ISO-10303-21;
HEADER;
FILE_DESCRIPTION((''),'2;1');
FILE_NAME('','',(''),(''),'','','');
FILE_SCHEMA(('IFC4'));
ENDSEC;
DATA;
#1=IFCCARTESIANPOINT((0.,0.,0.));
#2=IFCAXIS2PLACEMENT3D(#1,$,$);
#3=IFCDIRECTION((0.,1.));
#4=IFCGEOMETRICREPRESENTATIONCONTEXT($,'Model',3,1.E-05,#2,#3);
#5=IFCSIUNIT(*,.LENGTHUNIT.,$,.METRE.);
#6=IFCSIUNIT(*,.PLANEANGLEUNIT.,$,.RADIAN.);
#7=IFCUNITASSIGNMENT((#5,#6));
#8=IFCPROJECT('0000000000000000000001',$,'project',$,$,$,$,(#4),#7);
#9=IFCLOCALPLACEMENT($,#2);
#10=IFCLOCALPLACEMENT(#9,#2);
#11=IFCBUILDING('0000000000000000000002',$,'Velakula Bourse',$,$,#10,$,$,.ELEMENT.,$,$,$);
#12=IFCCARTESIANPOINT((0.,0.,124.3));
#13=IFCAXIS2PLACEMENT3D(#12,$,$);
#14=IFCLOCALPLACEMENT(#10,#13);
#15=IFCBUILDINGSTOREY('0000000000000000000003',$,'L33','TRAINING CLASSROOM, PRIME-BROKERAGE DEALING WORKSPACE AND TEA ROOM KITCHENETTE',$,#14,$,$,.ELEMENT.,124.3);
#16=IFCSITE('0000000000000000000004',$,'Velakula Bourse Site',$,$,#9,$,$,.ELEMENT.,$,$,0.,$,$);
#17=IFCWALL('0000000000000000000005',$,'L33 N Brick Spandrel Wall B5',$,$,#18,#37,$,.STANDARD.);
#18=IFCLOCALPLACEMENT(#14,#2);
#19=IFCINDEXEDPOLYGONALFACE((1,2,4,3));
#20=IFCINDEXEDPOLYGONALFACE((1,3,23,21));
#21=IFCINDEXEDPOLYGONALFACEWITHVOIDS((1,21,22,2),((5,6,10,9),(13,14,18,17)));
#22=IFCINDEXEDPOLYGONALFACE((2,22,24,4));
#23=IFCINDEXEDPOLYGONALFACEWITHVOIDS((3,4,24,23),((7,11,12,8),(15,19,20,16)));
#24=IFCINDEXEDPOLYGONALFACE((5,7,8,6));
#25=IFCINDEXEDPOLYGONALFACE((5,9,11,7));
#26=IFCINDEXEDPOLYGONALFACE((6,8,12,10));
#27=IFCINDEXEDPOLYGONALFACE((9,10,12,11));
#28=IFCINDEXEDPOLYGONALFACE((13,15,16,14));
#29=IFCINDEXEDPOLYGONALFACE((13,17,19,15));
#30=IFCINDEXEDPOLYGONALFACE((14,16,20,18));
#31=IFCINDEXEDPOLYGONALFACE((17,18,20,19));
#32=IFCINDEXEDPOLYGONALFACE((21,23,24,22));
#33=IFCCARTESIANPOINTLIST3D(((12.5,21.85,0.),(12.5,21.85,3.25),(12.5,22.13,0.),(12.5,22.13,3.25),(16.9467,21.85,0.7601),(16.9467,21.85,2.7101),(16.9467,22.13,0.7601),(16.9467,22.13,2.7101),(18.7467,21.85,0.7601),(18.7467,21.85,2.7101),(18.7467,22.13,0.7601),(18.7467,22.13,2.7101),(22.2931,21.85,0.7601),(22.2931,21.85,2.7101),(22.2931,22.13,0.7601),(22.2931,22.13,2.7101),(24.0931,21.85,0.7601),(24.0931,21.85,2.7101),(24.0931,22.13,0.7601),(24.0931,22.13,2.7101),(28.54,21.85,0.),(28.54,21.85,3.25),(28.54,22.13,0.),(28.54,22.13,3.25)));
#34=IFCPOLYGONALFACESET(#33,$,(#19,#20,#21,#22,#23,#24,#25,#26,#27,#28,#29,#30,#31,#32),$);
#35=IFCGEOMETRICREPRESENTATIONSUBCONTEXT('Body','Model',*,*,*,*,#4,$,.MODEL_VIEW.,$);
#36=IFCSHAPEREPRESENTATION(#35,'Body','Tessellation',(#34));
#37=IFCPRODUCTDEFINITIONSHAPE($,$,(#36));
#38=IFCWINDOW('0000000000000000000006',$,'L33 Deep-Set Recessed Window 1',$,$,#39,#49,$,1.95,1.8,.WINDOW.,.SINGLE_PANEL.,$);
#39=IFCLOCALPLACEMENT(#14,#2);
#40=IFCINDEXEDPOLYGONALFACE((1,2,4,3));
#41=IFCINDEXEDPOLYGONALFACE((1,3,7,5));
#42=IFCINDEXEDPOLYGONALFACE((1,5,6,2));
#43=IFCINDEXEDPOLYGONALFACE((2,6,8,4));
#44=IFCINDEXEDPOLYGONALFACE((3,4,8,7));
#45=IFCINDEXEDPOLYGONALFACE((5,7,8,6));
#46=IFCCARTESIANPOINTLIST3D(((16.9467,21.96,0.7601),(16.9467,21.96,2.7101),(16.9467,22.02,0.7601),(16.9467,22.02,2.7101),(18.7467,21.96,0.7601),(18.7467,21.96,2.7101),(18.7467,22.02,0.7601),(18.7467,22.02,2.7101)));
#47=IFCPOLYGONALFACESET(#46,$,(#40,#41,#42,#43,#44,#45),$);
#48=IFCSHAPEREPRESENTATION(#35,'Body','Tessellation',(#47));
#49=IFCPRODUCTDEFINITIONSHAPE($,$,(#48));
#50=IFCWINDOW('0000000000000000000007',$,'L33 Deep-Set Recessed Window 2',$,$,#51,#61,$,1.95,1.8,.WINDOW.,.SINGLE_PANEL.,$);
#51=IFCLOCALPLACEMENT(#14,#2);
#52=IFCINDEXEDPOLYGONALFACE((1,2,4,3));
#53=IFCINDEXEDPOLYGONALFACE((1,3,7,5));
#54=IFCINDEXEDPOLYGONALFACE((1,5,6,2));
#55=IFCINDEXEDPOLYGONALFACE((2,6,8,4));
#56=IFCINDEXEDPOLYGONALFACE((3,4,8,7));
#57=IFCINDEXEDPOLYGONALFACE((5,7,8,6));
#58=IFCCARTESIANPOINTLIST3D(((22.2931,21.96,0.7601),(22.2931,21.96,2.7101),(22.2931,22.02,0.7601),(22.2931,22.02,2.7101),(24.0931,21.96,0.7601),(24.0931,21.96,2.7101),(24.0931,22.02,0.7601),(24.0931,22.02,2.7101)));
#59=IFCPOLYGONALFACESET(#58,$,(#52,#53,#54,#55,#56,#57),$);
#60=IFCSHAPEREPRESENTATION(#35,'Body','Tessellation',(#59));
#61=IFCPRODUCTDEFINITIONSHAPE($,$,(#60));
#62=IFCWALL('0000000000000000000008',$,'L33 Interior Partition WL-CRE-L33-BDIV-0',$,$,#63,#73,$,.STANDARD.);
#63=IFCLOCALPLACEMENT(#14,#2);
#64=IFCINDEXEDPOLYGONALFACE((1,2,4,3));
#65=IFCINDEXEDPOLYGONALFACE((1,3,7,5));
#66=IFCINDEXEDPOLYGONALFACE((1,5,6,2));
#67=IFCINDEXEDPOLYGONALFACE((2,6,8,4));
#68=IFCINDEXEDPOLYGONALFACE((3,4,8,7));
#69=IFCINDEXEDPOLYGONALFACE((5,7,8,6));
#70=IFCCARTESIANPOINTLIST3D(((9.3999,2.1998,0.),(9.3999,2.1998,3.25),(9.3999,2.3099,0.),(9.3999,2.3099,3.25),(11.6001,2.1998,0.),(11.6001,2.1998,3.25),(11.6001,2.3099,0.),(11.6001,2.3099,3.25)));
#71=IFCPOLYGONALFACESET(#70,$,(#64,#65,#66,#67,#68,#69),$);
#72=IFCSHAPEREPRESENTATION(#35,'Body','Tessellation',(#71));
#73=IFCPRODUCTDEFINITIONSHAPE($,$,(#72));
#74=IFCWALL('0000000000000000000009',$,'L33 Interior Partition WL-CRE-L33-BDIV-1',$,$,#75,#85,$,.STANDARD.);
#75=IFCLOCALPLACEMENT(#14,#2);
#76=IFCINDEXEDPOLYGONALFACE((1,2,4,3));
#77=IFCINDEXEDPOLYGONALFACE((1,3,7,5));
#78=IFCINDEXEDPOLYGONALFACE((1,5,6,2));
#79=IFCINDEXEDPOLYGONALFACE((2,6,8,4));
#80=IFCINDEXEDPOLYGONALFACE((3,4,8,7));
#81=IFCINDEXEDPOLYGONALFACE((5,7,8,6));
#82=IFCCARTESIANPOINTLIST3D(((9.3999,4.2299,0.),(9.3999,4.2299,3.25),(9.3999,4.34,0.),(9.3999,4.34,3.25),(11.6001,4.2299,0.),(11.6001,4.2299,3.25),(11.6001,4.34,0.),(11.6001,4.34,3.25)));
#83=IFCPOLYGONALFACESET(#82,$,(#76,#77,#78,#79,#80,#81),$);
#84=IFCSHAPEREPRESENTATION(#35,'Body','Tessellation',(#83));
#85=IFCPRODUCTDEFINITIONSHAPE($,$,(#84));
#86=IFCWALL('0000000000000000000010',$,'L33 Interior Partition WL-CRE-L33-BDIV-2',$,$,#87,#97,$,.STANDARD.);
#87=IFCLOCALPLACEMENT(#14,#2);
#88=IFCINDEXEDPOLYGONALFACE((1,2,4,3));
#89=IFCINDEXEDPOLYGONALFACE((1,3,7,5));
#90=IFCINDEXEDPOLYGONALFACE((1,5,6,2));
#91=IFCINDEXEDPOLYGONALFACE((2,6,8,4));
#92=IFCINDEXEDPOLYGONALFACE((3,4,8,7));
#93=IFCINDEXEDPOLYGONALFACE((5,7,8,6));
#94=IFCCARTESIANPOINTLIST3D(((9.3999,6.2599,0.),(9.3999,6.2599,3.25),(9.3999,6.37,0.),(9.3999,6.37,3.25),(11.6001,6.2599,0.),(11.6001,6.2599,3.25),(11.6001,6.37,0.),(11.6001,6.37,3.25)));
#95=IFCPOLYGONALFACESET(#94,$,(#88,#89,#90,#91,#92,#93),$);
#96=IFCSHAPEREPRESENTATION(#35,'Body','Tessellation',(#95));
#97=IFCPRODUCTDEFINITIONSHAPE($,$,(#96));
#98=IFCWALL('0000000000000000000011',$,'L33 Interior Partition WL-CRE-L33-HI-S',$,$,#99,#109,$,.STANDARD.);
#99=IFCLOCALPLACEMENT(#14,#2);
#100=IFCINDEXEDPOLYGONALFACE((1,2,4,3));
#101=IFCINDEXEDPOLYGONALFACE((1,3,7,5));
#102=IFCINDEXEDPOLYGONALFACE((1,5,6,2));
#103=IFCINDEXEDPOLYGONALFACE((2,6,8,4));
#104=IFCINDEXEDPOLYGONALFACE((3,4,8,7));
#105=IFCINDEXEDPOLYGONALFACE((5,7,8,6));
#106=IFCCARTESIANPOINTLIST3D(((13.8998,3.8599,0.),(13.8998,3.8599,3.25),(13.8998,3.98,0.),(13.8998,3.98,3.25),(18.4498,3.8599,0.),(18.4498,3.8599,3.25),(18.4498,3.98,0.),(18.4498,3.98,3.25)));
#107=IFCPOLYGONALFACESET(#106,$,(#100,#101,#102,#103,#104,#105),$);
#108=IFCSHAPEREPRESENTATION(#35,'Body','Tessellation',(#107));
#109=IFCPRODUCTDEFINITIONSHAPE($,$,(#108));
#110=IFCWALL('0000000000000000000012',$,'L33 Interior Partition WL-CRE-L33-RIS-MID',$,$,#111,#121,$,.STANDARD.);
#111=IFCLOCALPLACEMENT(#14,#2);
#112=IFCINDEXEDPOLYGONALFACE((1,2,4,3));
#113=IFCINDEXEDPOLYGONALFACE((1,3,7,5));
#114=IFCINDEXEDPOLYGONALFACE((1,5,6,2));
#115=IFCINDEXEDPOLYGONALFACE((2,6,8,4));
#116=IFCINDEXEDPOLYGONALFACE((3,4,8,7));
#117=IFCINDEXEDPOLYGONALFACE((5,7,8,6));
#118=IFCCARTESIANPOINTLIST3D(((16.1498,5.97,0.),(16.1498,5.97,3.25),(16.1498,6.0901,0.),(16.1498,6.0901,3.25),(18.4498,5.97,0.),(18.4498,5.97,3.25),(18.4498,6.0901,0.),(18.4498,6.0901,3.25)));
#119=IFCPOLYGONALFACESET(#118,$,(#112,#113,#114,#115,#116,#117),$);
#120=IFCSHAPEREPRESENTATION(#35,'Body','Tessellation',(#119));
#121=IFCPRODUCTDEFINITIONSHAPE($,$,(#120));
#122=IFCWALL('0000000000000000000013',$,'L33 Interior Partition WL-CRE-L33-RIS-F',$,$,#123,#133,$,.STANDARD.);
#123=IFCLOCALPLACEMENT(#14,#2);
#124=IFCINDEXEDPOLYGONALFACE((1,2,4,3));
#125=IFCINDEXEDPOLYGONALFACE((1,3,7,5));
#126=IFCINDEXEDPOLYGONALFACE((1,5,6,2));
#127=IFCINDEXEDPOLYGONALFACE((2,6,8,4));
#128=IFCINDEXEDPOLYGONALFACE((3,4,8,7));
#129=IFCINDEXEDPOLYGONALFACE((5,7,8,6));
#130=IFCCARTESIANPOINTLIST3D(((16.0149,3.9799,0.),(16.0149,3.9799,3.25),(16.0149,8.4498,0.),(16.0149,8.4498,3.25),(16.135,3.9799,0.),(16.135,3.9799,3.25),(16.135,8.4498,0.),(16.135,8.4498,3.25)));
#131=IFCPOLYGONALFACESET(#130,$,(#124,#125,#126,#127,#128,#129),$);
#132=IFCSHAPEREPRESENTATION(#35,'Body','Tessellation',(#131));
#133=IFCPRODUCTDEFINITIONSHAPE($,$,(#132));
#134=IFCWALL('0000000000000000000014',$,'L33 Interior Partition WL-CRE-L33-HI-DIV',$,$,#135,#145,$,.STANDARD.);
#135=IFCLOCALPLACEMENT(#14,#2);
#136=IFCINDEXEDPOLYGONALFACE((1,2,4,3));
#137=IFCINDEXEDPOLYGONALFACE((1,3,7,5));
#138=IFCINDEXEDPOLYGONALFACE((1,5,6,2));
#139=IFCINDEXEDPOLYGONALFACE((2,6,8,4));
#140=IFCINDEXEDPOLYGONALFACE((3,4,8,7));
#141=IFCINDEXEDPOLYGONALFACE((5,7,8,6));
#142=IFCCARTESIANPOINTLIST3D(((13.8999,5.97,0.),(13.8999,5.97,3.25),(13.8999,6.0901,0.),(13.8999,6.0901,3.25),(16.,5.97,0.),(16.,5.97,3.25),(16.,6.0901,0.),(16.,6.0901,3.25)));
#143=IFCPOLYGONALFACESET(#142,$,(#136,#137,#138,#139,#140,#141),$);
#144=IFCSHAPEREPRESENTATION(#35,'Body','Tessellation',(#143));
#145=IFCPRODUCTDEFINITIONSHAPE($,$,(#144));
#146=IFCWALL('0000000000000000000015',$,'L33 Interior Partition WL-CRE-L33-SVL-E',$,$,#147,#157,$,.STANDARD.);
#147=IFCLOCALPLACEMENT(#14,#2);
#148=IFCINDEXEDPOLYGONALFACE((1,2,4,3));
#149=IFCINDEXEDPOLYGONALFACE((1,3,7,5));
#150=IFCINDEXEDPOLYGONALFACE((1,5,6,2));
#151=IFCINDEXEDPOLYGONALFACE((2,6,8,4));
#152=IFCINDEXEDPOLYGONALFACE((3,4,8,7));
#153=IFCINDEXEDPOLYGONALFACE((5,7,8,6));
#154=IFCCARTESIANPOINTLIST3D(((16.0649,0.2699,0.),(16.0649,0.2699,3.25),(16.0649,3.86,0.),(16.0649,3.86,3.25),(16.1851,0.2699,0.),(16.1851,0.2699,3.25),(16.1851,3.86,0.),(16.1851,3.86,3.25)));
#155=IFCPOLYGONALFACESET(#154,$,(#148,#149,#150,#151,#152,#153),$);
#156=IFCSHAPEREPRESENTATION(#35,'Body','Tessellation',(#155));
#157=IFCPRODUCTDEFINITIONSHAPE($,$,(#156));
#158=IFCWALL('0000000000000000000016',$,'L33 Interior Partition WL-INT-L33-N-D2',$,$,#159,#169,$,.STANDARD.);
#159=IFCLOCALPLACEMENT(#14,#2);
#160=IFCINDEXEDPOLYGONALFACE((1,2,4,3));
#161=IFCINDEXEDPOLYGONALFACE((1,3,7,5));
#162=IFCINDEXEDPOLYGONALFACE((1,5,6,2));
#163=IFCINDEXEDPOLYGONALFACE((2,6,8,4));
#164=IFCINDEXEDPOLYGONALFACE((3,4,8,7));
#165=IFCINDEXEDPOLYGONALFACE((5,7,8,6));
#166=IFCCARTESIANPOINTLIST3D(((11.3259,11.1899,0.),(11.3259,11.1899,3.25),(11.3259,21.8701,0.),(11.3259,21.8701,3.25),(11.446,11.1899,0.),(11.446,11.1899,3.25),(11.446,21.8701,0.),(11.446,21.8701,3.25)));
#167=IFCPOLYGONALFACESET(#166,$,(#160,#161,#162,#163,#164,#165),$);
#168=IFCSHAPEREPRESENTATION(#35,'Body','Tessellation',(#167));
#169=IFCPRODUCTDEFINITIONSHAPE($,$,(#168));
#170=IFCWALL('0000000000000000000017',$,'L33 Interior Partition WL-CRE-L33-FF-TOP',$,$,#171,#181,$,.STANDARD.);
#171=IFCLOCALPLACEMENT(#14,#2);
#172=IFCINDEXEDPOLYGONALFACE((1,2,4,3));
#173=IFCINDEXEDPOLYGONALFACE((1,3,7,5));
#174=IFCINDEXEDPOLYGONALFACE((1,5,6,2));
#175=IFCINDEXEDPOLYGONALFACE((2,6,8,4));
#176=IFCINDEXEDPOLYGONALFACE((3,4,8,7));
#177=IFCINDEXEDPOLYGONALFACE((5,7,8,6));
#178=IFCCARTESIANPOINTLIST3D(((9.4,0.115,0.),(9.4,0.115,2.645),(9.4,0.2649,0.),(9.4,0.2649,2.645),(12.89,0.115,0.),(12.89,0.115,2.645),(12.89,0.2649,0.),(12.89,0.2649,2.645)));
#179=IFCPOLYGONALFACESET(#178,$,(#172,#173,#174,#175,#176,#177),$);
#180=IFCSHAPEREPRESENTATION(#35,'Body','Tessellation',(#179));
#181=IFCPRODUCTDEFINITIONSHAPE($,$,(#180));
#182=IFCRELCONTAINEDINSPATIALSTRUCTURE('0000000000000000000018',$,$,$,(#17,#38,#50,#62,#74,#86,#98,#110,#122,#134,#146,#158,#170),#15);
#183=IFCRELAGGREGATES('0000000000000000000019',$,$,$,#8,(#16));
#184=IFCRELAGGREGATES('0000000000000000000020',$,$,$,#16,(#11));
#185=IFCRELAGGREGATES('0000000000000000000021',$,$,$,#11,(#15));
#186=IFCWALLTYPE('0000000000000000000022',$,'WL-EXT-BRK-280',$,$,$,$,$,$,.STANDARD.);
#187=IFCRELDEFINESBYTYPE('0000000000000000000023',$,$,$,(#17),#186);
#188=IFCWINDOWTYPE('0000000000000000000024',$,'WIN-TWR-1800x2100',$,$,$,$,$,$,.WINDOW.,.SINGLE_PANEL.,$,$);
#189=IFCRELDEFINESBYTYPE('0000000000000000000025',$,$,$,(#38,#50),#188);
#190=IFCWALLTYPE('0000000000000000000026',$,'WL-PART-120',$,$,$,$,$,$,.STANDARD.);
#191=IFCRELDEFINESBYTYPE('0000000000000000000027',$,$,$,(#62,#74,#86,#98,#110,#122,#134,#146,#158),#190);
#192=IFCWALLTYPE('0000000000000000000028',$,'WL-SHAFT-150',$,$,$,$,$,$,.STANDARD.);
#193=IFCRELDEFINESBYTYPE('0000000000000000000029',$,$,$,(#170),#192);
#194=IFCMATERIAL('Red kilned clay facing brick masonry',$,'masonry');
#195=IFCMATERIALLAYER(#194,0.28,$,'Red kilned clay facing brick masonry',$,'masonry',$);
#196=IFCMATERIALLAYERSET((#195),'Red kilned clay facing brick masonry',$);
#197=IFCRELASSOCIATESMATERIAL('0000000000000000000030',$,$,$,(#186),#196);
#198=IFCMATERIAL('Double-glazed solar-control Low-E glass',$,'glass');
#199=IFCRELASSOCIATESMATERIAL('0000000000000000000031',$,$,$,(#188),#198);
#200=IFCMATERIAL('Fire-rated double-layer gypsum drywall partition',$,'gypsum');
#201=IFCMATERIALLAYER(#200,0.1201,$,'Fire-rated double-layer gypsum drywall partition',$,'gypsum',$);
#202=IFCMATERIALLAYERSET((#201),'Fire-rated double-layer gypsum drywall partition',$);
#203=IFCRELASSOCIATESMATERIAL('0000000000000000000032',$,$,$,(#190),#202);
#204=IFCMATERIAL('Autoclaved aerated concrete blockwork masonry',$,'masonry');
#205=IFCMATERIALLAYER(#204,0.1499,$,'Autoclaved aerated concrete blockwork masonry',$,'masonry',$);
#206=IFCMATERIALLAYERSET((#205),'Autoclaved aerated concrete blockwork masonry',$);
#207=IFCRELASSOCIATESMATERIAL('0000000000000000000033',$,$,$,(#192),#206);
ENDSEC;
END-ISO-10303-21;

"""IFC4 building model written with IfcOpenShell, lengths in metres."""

from ifc_helpers import new_model, si_unit, direction, frame, frame_2d, origin, place, context, subcontext, project, spatial, rectangle, extrude, material, layer, layer_set, type_object, element, fill, save


model = new_model("IFC4")

# Units and contexts
model_context = context("Model", 3, precision=1e-05, world=origin(), true_north=direction((0.0, 1.0)))
body_context = subcontext(model_context, "Body", "Model", "MODEL_VIEW")
ifc_project = project(units=[si_unit("LENGTHUNIT", "METRE"), si_unit("PLANEANGLEUNIT", "RADIAN")], contexts=[model_context])

# Site, building, storey
site_placement = place(None, origin())
site = spatial("IfcSite", under=ifc_project, at=site_placement, Name="Velakula Bourse Site", CompositionType="ELEMENT", RefElevation=0.0)
building_placement = place(site_placement, origin())
building = spatial("IfcBuilding", under=site, at=building_placement, Name="Velakula Bourse", CompositionType="ELEMENT")
storey_placement = place(building_placement, frame((0.0, 0.0, 124.3)))
storey = spatial("IfcBuildingStorey", under=building, at=storey_placement, Name="L33", Description="TRAINING CLASSROOM, PRIME-BROKERAGE DEALING WORKSPACE AND TEA ROOM KITCHENETTE", CompositionType="ELEMENT", Elevation=124.3)

# Wall, openings, windows
ifc_material_1 = material(Name="Red kilned clay facing brick masonry", Category="masonry")
ifc_layer_1 = layer(ifc_material_1, 0.28, Name="Red kilned clay facing brick masonry", Category="masonry")
ifc_layer_set_1 = layer_set([ifc_layer_1], Name="Red kilned clay facing brick masonry")
wall_type_1 = type_object("IfcWallType", Name="WL-EXT-BRK-280", PredefinedType="STANDARD", material=ifc_layer_set_1)
wall_1_placement = place(storey_placement, frame((12.5, 21.99, 0.0), z_axis=(0.0, 0.0, 1.0), x_axis=(1.0, 0.0, 0.0)))
wall_1 = element("IfcWall", 1, at=wall_1_placement, inside=storey, type_object=wall_type_1, Name="L33 N Brick Spandrel Wall B5", PredefinedType="STANDARD", context=body_context, shape_type="SweptSolid", body=[
    extrude(rectangle(XDim=16.04, YDim=0.28, at=frame_2d((8.02, 0.0))), origin(), (0.0, 0.0, 1.0), 3.25),
])
opening_1_placement = place(wall_1_placement, frame((4.4468, 0.0, 0.76)))
opening_1 = element("IfcOpeningElement", 2, at=opening_1_placement, cuts=wall_1, PredefinedType="OPENING", context=body_context, shape_type="SweptSolid", body=[
    extrude(rectangle(XDim=1.8, YDim=1.95, at=frame_2d((0.8999, 0.9751))), frame((0.0, 0.1499, 0.0), z_axis=(0.0, -1.0, 0.0), x_axis=(1.0, 0.0, 0.0)), (0.0, 0.0, 1.0), 0.3),
])
opening_2_placement = place(wall_1_placement, frame((9.7932, 0.0, 0.76)))
opening_2 = element("IfcOpeningElement", 3, at=opening_2_placement, cuts=wall_1, PredefinedType="OPENING", context=body_context, shape_type="SweptSolid", body=[
    extrude(rectangle(XDim=1.8, YDim=1.95, at=frame_2d((0.8999, 0.9751))), frame((0.0, 0.1499, 0.0), z_axis=(0.0, -1.0, 0.0), x_axis=(1.0, 0.0, 0.0)), (0.0, 0.0, 1.0), 0.3),
])
ifc_material_2 = material(Name="Double-glazed solar-control Low-E glass", Category="glass")
window_type = type_object("IfcWindowType", Name="WIN-TWR-1800x2100", PartitioningType="SINGLE_PANEL", PredefinedType="WINDOW", material=ifc_material_2)
window_1_placement = place(opening_1_placement, origin())
window_1 = element("IfcWindow", 4, at=window_1_placement, inside=storey, type_object=window_type, Name="L33 Deep-Set Recessed Window 1", OverallHeight=1.95, OverallWidth=1.8, PartitioningType="SINGLE_PANEL", PredefinedType="WINDOW", context=body_context, shape_type="SweptSolid", body=[
    extrude(rectangle(XDim=1.8, YDim=1.95, at=frame_2d((0.8999, 0.9751))), frame((0.0, 0.03, 0.0), z_axis=(0.0, -1.0, 0.0), x_axis=(1.0, 0.0, 0.0)), (0.0, 0.0, 1.0), 0.0601),
])
fill(opening_1, window_1)
window_2_placement = place(opening_2_placement, origin())
window_2 = element("IfcWindow", 5, at=window_2_placement, inside=storey, type_object=window_type, Name="L33 Deep-Set Recessed Window 2", OverallHeight=1.95, OverallWidth=1.8, PartitioningType="SINGLE_PANEL", PredefinedType="WINDOW", context=body_context, shape_type="SweptSolid", body=[
    extrude(rectangle(XDim=1.8, YDim=1.95, at=frame_2d((0.8999, 0.9751))), frame((0.0, 0.03, 0.0), z_axis=(0.0, -1.0, 0.0), x_axis=(1.0, 0.0, 0.0)), (0.0, 0.0, 1.0), 0.0601),
])
fill(opening_2, window_2)

# Walls
ifc_material_3 = material(Name="Fire-rated double-layer gypsum drywall partition", Category="gypsum")
ifc_layer_2 = layer(ifc_material_3, 0.1201, Name="Fire-rated double-layer gypsum drywall partition", Category="gypsum")
ifc_layer_set_2 = layer_set([ifc_layer_2], Name="Fire-rated double-layer gypsum drywall partition")
wall_type_2 = type_object("IfcWallType", Name="WL-PART-120", PredefinedType="STANDARD", material=ifc_layer_set_2)
for number, where, z_axis, x_axis, name in (
    (6, (9.3999, 2.2549, 0.0), (0.0, 0.0, 1.0), (1.0, 0.0, 0.0), "L33 Interior Partition WL-CRE-L33-BDIV-0"),
    (7, (9.3999, 4.2849, 0.0), (0.0, 0.0, 1.0), (1.0, 0.0, 0.0), "L33 Interior Partition WL-CRE-L33-BDIV-1"),
    (8, (9.3999, 6.3149, 0.0), (0.0, 0.0, 1.0), (1.0, 0.0, 0.0), "L33 Interior Partition WL-CRE-L33-BDIV-2"),
):
    element("IfcWall", number, at=place(storey_placement, frame(where, z_axis=z_axis, x_axis=x_axis)), inside=storey, type_object=wall_type_2, Name=name, PredefinedType="STANDARD", context=body_context, shape_type="SweptSolid", body=[
        extrude(rectangle(XDim=2.2002, YDim=0.1101, at=frame_2d((1.1001, 0.0))), origin(), (0.0, 0.0, 1.0), 3.25),
    ])
wall_2_placement = place(storey_placement, frame((13.8999, 3.9199, 0.0), z_axis=(0.0, 0.0, 1.0), x_axis=(1.0, 0.0, 0.0)))
element("IfcWall", 9, at=wall_2_placement, inside=storey, type_object=wall_type_2, Name="L33 Interior Partition WL-CRE-L33-HI-S", PredefinedType="STANDARD", context=body_context, shape_type="SweptSolid", body=[
    extrude(rectangle(XDim=4.55, YDim=0.1201, at=frame_2d((2.2749, 0.0))), origin(), (0.0, 0.0, 1.0), 3.25),
])
wall_3_placement = place(storey_placement, frame((16.1499, 6.03, 0.0), z_axis=(0.0, 0.0, 1.0), x_axis=(1.0, 0.0, 0.0)))
element("IfcWall", 10, at=wall_3_placement, inside=storey, type_object=wall_type_2, Name="L33 Interior Partition WL-CRE-L33-RIS-MID", PredefinedType="STANDARD", context=body_context, shape_type="SweptSolid", body=[
    extrude(rectangle(XDim=2.3, YDim=0.1201, at=frame_2d((1.1499, 0.0))), origin(), (0.0, 0.0, 1.0), 3.25),
])
wall_4_placement = place(storey_placement, frame((16.075, 3.98, 0.0), z_axis=(0.0, 0.0, 1.0), x_axis=(0.0, 1.0, 0.0)))
element("IfcWall", 11, at=wall_4_placement, inside=storey, type_object=wall_type_2, Name="L33 Interior Partition WL-CRE-L33-RIS-F", PredefinedType="STANDARD", context=body_context, shape_type="SweptSolid", body=[
    extrude(rectangle(XDim=4.47, YDim=0.1201, at=frame_2d((2.2349, 0.0))), origin(), (0.0, 0.0, 1.0), 3.25),
])
wall_5_placement = place(storey_placement, frame((13.8999, 6.03, 0.0), z_axis=(0.0, 0.0, 1.0), x_axis=(1.0, 0.0, 0.0)))
element("IfcWall", 12, at=wall_5_placement, inside=storey, type_object=wall_type_2, Name="L33 Interior Partition WL-CRE-L33-HI-DIV", PredefinedType="STANDARD", context=body_context, shape_type="SweptSolid", body=[
    extrude(rectangle(XDim=2.1001, YDim=0.1201, at=frame_2d((1.05, 0.0))), origin(), (0.0, 0.0, 1.0), 3.25),
])
wall_6_placement = place(storey_placement, frame((16.125, 0.27, 0.0), z_axis=(0.0, 0.0, 1.0), x_axis=(0.0, 1.0, 0.0)))
element("IfcWall", 13, at=wall_6_placement, inside=storey, type_object=wall_type_2, Name="L33 Interior Partition WL-CRE-L33-SVL-E", PredefinedType="STANDARD", context=body_context, shape_type="SweptSolid", body=[
    extrude(rectangle(XDim=3.5901, YDim=0.1201, at=frame_2d((1.7949, 0.0))), origin(), (0.0, 0.0, 1.0), 3.25),
])
wall_7_placement = place(storey_placement, frame((11.386, 11.1899, 0.0), z_axis=(0.0, 0.0, 1.0), x_axis=(0.0, 1.0, 0.0)))
element("IfcWall", 14, at=wall_7_placement, inside=storey, type_object=wall_type_2, Name="L33 Interior Partition WL-INT-L33-N-D2", PredefinedType="STANDARD", context=body_context, shape_type="SweptSolid", body=[
    extrude(rectangle(XDim=10.6802, YDim=0.1201, at=frame_2d((5.3401, 0.0))), origin(), (0.0, 0.0, 1.0), 3.25),
])
ifc_material_4 = material(Name="Autoclaved aerated concrete blockwork masonry", Category="masonry")
ifc_layer_3 = layer(ifc_material_4, 0.1499, Name="Autoclaved aerated concrete blockwork masonry", Category="masonry")
ifc_layer_set_3 = layer_set([ifc_layer_3], Name="Autoclaved aerated concrete blockwork masonry")
wall_type_3 = type_object("IfcWallType", Name="WL-SHAFT-150", PredefinedType="STANDARD", material=ifc_layer_set_3)
wall_8_placement = place(storey_placement, frame((9.3999, 0.1899, 0.0), z_axis=(0.0, 0.0, 1.0), x_axis=(1.0, 0.0, 0.0)))
element("IfcWall", 15, at=wall_8_placement, inside=storey, type_object=wall_type_3, Name="L33 Interior Partition WL-CRE-L33-FF-TOP", PredefinedType="STANDARD", context=body_context, shape_type="SweptSolid", body=[
    extrude(rectangle(XDim=3.49, YDim=0.1499, at=frame_2d((1.7451, 0.0))), origin(), (0.0, 0.0, 1.0), 2.645),
])

save(model, "model.ifc")
